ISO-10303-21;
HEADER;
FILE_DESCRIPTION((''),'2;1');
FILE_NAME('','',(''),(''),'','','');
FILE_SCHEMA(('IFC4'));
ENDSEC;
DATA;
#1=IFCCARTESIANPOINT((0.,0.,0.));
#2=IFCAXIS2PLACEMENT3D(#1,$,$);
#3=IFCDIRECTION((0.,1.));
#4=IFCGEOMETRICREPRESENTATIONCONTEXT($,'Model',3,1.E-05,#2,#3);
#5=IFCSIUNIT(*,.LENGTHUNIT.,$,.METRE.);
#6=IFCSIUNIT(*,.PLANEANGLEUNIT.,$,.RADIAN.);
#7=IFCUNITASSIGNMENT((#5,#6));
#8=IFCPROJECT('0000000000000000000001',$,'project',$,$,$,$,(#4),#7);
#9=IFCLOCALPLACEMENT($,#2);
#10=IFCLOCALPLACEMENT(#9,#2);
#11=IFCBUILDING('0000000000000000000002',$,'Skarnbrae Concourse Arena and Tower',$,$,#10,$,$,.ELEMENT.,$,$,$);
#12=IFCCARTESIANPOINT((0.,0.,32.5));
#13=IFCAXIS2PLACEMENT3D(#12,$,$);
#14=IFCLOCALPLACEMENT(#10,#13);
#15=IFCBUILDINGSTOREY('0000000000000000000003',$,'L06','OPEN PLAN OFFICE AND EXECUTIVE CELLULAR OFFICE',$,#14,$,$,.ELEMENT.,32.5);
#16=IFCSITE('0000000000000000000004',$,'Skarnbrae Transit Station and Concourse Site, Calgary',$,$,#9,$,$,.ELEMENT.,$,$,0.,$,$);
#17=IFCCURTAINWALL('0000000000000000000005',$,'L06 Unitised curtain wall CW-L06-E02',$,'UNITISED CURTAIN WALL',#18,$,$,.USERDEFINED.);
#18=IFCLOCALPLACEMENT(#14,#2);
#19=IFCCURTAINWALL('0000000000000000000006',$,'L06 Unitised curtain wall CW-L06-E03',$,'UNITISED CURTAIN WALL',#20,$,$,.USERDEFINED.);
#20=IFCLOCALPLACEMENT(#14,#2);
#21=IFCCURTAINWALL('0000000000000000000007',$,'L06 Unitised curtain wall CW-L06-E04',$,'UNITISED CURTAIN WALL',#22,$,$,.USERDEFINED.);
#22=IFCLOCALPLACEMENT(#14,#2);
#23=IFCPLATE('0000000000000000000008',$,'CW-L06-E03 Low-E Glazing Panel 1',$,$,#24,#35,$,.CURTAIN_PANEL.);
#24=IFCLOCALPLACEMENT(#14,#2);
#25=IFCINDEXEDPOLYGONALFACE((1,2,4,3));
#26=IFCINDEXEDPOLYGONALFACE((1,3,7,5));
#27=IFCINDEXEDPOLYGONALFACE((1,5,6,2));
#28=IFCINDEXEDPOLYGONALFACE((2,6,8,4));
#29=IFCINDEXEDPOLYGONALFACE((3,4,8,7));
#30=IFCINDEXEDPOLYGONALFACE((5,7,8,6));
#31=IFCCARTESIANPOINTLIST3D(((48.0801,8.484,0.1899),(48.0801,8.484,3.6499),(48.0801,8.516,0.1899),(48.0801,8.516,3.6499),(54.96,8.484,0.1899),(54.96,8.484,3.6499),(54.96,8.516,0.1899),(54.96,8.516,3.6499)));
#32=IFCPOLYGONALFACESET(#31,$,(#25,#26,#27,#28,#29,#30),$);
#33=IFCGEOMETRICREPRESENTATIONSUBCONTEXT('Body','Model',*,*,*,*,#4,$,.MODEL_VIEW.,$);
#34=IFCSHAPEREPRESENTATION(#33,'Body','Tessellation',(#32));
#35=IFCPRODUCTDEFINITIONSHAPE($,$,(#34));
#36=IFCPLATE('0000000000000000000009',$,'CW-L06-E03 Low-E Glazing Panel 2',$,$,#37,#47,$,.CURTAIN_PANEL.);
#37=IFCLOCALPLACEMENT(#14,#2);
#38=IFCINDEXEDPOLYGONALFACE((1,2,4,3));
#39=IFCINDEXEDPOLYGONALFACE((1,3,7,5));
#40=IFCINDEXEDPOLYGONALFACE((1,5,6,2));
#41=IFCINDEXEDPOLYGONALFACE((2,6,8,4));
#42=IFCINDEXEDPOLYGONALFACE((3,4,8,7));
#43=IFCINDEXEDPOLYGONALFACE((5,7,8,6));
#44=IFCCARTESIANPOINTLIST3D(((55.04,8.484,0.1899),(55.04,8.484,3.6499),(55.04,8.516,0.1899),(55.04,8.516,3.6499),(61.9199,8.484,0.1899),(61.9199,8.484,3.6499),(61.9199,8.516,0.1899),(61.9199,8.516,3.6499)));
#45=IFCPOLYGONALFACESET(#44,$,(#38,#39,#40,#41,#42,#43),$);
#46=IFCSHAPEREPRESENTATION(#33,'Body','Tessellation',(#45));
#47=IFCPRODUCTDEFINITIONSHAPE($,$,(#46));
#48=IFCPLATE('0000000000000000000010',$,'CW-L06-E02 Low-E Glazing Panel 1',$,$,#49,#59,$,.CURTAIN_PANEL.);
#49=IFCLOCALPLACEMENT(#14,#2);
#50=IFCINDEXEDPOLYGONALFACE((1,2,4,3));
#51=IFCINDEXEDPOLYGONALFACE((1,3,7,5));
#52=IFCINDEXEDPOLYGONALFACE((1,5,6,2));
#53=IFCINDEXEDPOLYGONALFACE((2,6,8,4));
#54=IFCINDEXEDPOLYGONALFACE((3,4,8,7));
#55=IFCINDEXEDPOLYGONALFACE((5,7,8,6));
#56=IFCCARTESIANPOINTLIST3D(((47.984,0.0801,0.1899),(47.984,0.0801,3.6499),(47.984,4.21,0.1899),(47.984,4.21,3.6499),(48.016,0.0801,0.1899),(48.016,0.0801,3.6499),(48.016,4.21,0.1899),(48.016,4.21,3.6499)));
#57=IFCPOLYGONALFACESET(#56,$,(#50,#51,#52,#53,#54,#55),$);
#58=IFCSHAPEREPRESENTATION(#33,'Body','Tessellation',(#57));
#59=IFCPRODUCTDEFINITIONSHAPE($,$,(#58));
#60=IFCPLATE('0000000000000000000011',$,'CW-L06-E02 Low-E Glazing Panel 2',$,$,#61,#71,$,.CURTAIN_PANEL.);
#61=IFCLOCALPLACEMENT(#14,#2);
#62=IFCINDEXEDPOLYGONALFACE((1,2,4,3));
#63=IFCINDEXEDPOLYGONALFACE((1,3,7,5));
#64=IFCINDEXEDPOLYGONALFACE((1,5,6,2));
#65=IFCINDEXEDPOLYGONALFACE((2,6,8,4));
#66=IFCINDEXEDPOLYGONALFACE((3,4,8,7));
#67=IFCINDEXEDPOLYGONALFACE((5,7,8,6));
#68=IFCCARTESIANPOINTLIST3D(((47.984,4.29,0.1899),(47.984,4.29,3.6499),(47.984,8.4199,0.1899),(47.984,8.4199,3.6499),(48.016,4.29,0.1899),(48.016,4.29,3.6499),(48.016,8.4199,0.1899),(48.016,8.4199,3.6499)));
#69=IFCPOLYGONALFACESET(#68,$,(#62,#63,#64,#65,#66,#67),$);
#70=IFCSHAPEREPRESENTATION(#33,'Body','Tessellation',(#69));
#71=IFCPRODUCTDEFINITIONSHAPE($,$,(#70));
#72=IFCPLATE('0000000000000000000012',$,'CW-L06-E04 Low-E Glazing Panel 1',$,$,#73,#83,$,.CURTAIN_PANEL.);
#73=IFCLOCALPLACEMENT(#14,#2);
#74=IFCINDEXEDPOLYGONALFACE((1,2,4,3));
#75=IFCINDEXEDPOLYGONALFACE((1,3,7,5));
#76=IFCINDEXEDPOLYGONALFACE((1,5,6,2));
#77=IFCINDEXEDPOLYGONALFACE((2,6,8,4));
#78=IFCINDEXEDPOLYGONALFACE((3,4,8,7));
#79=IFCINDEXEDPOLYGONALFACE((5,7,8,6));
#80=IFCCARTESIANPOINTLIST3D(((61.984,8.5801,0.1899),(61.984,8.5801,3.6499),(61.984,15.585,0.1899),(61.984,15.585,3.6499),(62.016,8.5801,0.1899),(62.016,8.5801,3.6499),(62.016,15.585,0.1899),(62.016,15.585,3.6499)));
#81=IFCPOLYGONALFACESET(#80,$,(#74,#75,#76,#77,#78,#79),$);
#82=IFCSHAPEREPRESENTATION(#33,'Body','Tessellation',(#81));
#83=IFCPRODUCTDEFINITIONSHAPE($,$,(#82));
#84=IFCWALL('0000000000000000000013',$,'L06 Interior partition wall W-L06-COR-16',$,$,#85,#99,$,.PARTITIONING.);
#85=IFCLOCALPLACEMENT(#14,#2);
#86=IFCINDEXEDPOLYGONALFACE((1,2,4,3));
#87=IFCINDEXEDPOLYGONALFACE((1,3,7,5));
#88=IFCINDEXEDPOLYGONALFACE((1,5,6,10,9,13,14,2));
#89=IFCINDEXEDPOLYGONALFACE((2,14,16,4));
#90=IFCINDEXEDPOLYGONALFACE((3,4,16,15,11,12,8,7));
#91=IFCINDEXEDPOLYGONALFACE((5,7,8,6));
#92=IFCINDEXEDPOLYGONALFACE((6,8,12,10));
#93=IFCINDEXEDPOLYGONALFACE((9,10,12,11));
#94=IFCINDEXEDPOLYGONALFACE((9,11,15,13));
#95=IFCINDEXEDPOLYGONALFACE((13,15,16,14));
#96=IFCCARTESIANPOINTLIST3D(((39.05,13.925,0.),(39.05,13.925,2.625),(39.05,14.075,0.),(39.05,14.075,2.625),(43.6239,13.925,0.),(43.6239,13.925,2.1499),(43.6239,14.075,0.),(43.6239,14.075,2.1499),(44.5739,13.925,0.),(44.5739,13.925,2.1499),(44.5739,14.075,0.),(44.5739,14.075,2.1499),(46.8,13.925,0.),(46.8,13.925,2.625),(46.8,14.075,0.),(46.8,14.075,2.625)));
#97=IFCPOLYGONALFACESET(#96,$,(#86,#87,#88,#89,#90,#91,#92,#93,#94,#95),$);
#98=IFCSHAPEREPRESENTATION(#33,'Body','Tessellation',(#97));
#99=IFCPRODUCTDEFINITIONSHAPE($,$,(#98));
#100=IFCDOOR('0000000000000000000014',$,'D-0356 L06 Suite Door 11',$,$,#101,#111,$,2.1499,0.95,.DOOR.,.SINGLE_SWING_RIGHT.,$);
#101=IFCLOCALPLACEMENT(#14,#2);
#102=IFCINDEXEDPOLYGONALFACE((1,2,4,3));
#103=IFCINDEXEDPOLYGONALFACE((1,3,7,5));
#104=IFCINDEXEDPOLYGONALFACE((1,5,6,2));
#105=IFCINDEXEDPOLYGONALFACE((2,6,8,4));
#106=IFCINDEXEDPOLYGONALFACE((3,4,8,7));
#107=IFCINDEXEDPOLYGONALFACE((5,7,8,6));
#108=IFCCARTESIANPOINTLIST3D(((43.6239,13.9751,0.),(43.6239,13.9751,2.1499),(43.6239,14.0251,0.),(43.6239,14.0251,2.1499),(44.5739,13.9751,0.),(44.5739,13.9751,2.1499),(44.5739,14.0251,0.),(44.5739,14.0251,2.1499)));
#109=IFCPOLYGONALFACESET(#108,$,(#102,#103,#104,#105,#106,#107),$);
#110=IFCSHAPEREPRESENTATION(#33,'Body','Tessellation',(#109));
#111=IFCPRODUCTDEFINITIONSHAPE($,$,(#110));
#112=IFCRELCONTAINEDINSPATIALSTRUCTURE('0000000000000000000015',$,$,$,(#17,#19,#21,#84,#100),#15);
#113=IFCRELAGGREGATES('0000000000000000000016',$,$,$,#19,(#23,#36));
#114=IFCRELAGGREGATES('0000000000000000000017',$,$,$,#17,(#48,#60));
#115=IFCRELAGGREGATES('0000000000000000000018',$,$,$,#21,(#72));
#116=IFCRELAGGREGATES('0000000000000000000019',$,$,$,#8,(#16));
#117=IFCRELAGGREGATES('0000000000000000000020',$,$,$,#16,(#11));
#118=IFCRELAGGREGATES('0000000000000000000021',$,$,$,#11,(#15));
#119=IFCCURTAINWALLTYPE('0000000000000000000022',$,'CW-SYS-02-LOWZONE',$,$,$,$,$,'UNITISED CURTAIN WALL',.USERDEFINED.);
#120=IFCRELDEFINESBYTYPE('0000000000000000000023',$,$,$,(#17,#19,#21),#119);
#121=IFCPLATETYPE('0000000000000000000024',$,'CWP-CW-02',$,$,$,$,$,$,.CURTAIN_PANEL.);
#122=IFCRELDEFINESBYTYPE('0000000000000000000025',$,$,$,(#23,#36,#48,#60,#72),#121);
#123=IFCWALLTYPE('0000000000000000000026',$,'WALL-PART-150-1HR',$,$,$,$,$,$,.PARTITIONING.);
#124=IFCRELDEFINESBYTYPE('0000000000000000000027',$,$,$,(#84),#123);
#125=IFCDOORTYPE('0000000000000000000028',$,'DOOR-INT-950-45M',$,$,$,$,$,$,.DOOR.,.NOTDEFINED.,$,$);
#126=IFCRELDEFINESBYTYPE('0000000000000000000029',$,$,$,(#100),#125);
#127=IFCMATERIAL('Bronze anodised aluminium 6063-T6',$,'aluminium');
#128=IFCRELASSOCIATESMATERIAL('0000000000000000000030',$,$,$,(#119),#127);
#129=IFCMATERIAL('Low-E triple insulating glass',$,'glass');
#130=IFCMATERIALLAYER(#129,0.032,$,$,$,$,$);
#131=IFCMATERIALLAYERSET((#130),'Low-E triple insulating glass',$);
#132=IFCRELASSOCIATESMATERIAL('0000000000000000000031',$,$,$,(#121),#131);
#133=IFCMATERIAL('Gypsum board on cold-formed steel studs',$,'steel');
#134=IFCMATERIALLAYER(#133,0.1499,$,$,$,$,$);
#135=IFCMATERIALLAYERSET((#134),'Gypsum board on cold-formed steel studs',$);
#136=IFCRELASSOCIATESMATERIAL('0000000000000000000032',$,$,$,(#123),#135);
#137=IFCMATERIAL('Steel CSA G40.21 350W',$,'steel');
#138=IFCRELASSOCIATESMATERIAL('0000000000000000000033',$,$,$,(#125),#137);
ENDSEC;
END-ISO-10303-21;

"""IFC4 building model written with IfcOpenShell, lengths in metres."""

from ifc_helpers import new_model, si_unit, direction, frame, frame_2d, origin, origin_2d, place, context, subcontext, project, spatial, rectangle, extrude, source, transform, mapped, material, layer, layer_set, type_object, element, fill, aggregate, save


model = new_model("IFC4")

# Units and contexts
model_context = context("Model", 3, precision=1e-05, world=origin(), true_north=direction((0.0, 1.0)))
body_context = subcontext(model_context, "Body", "Model", "MODEL_VIEW")
ifc_project = project(units=[si_unit("LENGTHUNIT", "METRE"), si_unit("PLANEANGLEUNIT", "RADIAN")], contexts=[model_context])

# Site, building, storey
site_placement = place(None, origin())
site = spatial("IfcSite", under=ifc_project, at=site_placement, Name="Skarnbrae Transit Station and Concourse Site, Calgary", CompositionType="ELEMENT", RefElevation=0.0)
building_placement = place(site_placement, origin())
building = spatial("IfcBuilding", under=site, at=building_placement, Name="Skarnbrae Concourse Arena and Tower", CompositionType="ELEMENT")
storey_placement = place(building_placement, frame((0.0, 0.0, 32.5)))
storey = spatial("IfcBuildingStorey", under=building, at=storey_placement, Name="L06", Description="OPEN PLAN OFFICE AND EXECUTIVE CELLULAR OFFICE", CompositionType="ELEMENT", Elevation=32.5)

# Shared definitions
ifc_material_1 = material(Name="Steel CSA G40.21 350W", Category="steel")

# Shared definitions
ifc_material_2 = material(Name="Bronze anodised aluminium 6063-T6", Category="aluminium")
curtain_wall_type = type_object("IfcCurtainWallType", Name="CW-SYS-02-LOWZONE", ElementType="UNITISED CURTAIN WALL", PredefinedType="USERDEFINED", material=ifc_material_2)

# Curtain walls
curtain_wall_1_placement = place(storey_placement, origin())
curtain_wall_1 = element("IfcCurtainWall", 1, at=curtain_wall_1_placement, inside=storey, type_object=curtain_wall_type, Name="L06 Unitised curtain wall CW-L06-E02", ObjectType="UNITISED CURTAIN WALL", PredefinedType="USERDEFINED")
curtain_wall_2_placement = place(storey_placement, origin())
curtain_wall_2 = element("IfcCurtainWall", 2, at=curtain_wall_2_placement, inside=storey, type_object=curtain_wall_type, Name="L06 Unitised curtain wall CW-L06-E03", ObjectType="UNITISED CURTAIN WALL", PredefinedType="USERDEFINED")

# Curtain wall
curtain_wall_3_placement = place(storey_placement, origin())
curtain_wall_3 = element("IfcCurtainWall", 3, at=curtain_wall_3_placement, inside=storey, type_object=curtain_wall_type, Name="L06 Unitised curtain wall CW-L06-E04", ObjectType="UNITISED CURTAIN WALL", PredefinedType="USERDEFINED")

# Plates
ifc_material_3 = material(Name="Low-E triple insulating glass", Category="glass")
ifc_layer_1 = layer(ifc_material_3, 0.032)
ifc_layer_set_1 = layer_set([ifc_layer_1], Name="Low-E triple insulating glass")
plate_type = type_object("IfcPlateType", Name="CWP-CW-02", PredefinedType="CURTAIN_PANEL", material=ifc_layer_set_1)
shared_shape_1 = source(origin(), body_context, "Body", "SweptSolid", [
    extrude(rectangle(XDim=6.8799, YDim=0.032, at=origin_2d()), origin(), (0.0, 0.0, 1.0), 3.46),
])
plate_1_placement = place(storey_placement, frame((51.52, 8.5, 0.1899), z_axis=(0.0, 0.0, 1.0), x_axis=(1.0, 0.0, 0.0)))
plate_1 = element("IfcPlate", 4, at=plate_1_placement, type_object=plate_type, Name="CW-L06-E03 Low-E Glazing Panel 1", PredefinedType="CURTAIN_PANEL", context=body_context, shape_type="MappedRepresentation", body=[
    mapped(shared_shape_1, transform((0.0, 0.0, 0.0))),
])
plate_2_placement = place(storey_placement, frame((58.48, 8.5, 0.1899), z_axis=(0.0, 0.0, 1.0), x_axis=(1.0, 0.0, 0.0)))
plate_2 = element("IfcPlate", 5, at=plate_2_placement, type_object=plate_type, Name="CW-L06-E03 Low-E Glazing Panel 2", PredefinedType="CURTAIN_PANEL", context=body_context, shape_type="MappedRepresentation", body=[
    mapped(shared_shape_1, transform((0.0, 0.0, 0.0))),
])
aggregate(curtain_wall_2, [plate_1, plate_2])
shared_shape_2 = source(origin(), body_context, "Body", "SweptSolid", [
    extrude(rectangle(XDim=4.1299, YDim=0.032, at=origin_2d()), origin(), (0.0, 0.0, 1.0), 3.46),
])
plate_3_placement = place(storey_placement, frame((48.0, 2.145, 0.1899), z_axis=(0.0, 0.0, 1.0), x_axis=(0.0, 1.0, 0.0)))
plate_3 = element("IfcPlate", 6, at=plate_3_placement, type_object=plate_type, Name="CW-L06-E02 Low-E Glazing Panel 1", PredefinedType="CURTAIN_PANEL", context=body_context, shape_type="MappedRepresentation", body=[
    mapped(shared_shape_2, transform((0.0, 0.0, 0.0))),
])
plate_4_placement = place(storey_placement, frame((48.0, 6.355, 0.1899), z_axis=(0.0, 0.0, 1.0), x_axis=(0.0, 1.0, 0.0)))
plate_4 = element("IfcPlate", 7, at=plate_4_placement, type_object=plate_type, Name="CW-L06-E02 Low-E Glazing Panel 2", PredefinedType="CURTAIN_PANEL", context=body_context, shape_type="MappedRepresentation", body=[
    mapped(shared_shape_2, transform((0.0, 0.0, 0.0))),
])
aggregate(curtain_wall_1, [plate_3, plate_4])
shared_shape_3 = source(origin(), body_context, "Body", "SweptSolid", [
    extrude(rectangle(XDim=7.0049, YDim=0.032, at=origin_2d()), origin(), (0.0, 0.0, 1.0), 3.46),
])
plate_5_placement = place(storey_placement, frame((62.0, 12.0825, 0.1899), z_axis=(0.0, 0.0, 1.0), x_axis=(0.0, 1.0, 0.0)))
plate_5 = element("IfcPlate", 8, at=plate_5_placement, type_object=plate_type, Name="CW-L06-E04 Low-E Glazing Panel 1", PredefinedType="CURTAIN_PANEL", context=body_context, shape_type="MappedRepresentation", body=[
    mapped(shared_shape_3, transform((0.0, 0.0, 0.0))),
])
aggregate(curtain_wall_3, [plate_5])

# Wall, opening, door
ifc_material_4 = material(Name="Gypsum board on cold-formed steel studs", Category="steel")
ifc_layer_2 = layer(ifc_material_4, 0.1499)
ifc_layer_set_2 = layer_set([ifc_layer_2], Name="Gypsum board on cold-formed steel studs")
wall_type = type_object("IfcWallType", Name="WALL-PART-150-1HR", PredefinedType="PARTITIONING", material=ifc_layer_set_2)
shared_shape_4 = source(origin(), body_context, "Body", "SweptSolid", [
    extrude(rectangle(XDim=7.75, YDim=0.1499, at=frame_2d((3.875, 0.0))), origin(), (0.0, 0.0, 1.0), 2.625),
])
wall_placement = place(storey_placement, frame((46.8, 14.0, 0.0), z_axis=(0.0, 0.0, 1.0), x_axis=(-1.0, 0.0, 0.0)))
wall = element("IfcWall", 9, at=wall_placement, inside=storey, type_object=wall_type, Name="L06 Interior partition wall W-L06-COR-16", PredefinedType="PARTITIONING", context=body_context, shape_type="MappedRepresentation", body=[
    mapped(shared_shape_4, transform((0.0, 0.0, 0.0))),
])
opening_placement = place(wall_placement, frame((2.2261, 0.0, 0.0)))
opening = element("IfcOpeningElement", 10, at=opening_placement, cuts=wall, PredefinedType="OPENING", context=body_context, shape_type="SweptSolid", body=[
    extrude(rectangle(XDim=0.95, YDim=2.1499, at=frame_2d((0.4751, 1.075))), frame((0.0, 0.085, 0.0), z_axis=(0.0, -1.0, 0.0), x_axis=(1.0, 0.0, 0.0)), (0.0, 0.0, 1.0), 0.1699),
])
door_type = type_object("IfcDoorType", Name="DOOR-INT-950-45M", OperationType="NOTDEFINED", PredefinedType="DOOR", material=ifc_material_1)
shared_shape_5 = source(origin(), body_context, "Body", "SweptSolid", [
    extrude(rectangle(XDim=0.95, YDim=2.1499, at=frame_2d((0.4751, 1.075))), frame((0.0, 0.0249, 0.0), z_axis=(0.0, -1.0, 0.0), x_axis=(1.0, 0.0, 0.0)), (0.0, 0.0, 1.0), 0.05),
])
door_placement = place(opening_placement, origin())
door = element("IfcDoor", 11, at=door_placement, inside=storey, type_object=door_type, Name="D-0356 L06 Suite Door 11", OperationType="SINGLE_SWING_RIGHT", OverallHeight=2.1499, OverallWidth=0.95, PredefinedType="DOOR", context=body_context, shape_type="MappedRepresentation", body=[
    mapped(shared_shape_5, transform((0.0, 0.0, 0.0))),
])
fill(opening, door)

save(model, "model.ifc")
